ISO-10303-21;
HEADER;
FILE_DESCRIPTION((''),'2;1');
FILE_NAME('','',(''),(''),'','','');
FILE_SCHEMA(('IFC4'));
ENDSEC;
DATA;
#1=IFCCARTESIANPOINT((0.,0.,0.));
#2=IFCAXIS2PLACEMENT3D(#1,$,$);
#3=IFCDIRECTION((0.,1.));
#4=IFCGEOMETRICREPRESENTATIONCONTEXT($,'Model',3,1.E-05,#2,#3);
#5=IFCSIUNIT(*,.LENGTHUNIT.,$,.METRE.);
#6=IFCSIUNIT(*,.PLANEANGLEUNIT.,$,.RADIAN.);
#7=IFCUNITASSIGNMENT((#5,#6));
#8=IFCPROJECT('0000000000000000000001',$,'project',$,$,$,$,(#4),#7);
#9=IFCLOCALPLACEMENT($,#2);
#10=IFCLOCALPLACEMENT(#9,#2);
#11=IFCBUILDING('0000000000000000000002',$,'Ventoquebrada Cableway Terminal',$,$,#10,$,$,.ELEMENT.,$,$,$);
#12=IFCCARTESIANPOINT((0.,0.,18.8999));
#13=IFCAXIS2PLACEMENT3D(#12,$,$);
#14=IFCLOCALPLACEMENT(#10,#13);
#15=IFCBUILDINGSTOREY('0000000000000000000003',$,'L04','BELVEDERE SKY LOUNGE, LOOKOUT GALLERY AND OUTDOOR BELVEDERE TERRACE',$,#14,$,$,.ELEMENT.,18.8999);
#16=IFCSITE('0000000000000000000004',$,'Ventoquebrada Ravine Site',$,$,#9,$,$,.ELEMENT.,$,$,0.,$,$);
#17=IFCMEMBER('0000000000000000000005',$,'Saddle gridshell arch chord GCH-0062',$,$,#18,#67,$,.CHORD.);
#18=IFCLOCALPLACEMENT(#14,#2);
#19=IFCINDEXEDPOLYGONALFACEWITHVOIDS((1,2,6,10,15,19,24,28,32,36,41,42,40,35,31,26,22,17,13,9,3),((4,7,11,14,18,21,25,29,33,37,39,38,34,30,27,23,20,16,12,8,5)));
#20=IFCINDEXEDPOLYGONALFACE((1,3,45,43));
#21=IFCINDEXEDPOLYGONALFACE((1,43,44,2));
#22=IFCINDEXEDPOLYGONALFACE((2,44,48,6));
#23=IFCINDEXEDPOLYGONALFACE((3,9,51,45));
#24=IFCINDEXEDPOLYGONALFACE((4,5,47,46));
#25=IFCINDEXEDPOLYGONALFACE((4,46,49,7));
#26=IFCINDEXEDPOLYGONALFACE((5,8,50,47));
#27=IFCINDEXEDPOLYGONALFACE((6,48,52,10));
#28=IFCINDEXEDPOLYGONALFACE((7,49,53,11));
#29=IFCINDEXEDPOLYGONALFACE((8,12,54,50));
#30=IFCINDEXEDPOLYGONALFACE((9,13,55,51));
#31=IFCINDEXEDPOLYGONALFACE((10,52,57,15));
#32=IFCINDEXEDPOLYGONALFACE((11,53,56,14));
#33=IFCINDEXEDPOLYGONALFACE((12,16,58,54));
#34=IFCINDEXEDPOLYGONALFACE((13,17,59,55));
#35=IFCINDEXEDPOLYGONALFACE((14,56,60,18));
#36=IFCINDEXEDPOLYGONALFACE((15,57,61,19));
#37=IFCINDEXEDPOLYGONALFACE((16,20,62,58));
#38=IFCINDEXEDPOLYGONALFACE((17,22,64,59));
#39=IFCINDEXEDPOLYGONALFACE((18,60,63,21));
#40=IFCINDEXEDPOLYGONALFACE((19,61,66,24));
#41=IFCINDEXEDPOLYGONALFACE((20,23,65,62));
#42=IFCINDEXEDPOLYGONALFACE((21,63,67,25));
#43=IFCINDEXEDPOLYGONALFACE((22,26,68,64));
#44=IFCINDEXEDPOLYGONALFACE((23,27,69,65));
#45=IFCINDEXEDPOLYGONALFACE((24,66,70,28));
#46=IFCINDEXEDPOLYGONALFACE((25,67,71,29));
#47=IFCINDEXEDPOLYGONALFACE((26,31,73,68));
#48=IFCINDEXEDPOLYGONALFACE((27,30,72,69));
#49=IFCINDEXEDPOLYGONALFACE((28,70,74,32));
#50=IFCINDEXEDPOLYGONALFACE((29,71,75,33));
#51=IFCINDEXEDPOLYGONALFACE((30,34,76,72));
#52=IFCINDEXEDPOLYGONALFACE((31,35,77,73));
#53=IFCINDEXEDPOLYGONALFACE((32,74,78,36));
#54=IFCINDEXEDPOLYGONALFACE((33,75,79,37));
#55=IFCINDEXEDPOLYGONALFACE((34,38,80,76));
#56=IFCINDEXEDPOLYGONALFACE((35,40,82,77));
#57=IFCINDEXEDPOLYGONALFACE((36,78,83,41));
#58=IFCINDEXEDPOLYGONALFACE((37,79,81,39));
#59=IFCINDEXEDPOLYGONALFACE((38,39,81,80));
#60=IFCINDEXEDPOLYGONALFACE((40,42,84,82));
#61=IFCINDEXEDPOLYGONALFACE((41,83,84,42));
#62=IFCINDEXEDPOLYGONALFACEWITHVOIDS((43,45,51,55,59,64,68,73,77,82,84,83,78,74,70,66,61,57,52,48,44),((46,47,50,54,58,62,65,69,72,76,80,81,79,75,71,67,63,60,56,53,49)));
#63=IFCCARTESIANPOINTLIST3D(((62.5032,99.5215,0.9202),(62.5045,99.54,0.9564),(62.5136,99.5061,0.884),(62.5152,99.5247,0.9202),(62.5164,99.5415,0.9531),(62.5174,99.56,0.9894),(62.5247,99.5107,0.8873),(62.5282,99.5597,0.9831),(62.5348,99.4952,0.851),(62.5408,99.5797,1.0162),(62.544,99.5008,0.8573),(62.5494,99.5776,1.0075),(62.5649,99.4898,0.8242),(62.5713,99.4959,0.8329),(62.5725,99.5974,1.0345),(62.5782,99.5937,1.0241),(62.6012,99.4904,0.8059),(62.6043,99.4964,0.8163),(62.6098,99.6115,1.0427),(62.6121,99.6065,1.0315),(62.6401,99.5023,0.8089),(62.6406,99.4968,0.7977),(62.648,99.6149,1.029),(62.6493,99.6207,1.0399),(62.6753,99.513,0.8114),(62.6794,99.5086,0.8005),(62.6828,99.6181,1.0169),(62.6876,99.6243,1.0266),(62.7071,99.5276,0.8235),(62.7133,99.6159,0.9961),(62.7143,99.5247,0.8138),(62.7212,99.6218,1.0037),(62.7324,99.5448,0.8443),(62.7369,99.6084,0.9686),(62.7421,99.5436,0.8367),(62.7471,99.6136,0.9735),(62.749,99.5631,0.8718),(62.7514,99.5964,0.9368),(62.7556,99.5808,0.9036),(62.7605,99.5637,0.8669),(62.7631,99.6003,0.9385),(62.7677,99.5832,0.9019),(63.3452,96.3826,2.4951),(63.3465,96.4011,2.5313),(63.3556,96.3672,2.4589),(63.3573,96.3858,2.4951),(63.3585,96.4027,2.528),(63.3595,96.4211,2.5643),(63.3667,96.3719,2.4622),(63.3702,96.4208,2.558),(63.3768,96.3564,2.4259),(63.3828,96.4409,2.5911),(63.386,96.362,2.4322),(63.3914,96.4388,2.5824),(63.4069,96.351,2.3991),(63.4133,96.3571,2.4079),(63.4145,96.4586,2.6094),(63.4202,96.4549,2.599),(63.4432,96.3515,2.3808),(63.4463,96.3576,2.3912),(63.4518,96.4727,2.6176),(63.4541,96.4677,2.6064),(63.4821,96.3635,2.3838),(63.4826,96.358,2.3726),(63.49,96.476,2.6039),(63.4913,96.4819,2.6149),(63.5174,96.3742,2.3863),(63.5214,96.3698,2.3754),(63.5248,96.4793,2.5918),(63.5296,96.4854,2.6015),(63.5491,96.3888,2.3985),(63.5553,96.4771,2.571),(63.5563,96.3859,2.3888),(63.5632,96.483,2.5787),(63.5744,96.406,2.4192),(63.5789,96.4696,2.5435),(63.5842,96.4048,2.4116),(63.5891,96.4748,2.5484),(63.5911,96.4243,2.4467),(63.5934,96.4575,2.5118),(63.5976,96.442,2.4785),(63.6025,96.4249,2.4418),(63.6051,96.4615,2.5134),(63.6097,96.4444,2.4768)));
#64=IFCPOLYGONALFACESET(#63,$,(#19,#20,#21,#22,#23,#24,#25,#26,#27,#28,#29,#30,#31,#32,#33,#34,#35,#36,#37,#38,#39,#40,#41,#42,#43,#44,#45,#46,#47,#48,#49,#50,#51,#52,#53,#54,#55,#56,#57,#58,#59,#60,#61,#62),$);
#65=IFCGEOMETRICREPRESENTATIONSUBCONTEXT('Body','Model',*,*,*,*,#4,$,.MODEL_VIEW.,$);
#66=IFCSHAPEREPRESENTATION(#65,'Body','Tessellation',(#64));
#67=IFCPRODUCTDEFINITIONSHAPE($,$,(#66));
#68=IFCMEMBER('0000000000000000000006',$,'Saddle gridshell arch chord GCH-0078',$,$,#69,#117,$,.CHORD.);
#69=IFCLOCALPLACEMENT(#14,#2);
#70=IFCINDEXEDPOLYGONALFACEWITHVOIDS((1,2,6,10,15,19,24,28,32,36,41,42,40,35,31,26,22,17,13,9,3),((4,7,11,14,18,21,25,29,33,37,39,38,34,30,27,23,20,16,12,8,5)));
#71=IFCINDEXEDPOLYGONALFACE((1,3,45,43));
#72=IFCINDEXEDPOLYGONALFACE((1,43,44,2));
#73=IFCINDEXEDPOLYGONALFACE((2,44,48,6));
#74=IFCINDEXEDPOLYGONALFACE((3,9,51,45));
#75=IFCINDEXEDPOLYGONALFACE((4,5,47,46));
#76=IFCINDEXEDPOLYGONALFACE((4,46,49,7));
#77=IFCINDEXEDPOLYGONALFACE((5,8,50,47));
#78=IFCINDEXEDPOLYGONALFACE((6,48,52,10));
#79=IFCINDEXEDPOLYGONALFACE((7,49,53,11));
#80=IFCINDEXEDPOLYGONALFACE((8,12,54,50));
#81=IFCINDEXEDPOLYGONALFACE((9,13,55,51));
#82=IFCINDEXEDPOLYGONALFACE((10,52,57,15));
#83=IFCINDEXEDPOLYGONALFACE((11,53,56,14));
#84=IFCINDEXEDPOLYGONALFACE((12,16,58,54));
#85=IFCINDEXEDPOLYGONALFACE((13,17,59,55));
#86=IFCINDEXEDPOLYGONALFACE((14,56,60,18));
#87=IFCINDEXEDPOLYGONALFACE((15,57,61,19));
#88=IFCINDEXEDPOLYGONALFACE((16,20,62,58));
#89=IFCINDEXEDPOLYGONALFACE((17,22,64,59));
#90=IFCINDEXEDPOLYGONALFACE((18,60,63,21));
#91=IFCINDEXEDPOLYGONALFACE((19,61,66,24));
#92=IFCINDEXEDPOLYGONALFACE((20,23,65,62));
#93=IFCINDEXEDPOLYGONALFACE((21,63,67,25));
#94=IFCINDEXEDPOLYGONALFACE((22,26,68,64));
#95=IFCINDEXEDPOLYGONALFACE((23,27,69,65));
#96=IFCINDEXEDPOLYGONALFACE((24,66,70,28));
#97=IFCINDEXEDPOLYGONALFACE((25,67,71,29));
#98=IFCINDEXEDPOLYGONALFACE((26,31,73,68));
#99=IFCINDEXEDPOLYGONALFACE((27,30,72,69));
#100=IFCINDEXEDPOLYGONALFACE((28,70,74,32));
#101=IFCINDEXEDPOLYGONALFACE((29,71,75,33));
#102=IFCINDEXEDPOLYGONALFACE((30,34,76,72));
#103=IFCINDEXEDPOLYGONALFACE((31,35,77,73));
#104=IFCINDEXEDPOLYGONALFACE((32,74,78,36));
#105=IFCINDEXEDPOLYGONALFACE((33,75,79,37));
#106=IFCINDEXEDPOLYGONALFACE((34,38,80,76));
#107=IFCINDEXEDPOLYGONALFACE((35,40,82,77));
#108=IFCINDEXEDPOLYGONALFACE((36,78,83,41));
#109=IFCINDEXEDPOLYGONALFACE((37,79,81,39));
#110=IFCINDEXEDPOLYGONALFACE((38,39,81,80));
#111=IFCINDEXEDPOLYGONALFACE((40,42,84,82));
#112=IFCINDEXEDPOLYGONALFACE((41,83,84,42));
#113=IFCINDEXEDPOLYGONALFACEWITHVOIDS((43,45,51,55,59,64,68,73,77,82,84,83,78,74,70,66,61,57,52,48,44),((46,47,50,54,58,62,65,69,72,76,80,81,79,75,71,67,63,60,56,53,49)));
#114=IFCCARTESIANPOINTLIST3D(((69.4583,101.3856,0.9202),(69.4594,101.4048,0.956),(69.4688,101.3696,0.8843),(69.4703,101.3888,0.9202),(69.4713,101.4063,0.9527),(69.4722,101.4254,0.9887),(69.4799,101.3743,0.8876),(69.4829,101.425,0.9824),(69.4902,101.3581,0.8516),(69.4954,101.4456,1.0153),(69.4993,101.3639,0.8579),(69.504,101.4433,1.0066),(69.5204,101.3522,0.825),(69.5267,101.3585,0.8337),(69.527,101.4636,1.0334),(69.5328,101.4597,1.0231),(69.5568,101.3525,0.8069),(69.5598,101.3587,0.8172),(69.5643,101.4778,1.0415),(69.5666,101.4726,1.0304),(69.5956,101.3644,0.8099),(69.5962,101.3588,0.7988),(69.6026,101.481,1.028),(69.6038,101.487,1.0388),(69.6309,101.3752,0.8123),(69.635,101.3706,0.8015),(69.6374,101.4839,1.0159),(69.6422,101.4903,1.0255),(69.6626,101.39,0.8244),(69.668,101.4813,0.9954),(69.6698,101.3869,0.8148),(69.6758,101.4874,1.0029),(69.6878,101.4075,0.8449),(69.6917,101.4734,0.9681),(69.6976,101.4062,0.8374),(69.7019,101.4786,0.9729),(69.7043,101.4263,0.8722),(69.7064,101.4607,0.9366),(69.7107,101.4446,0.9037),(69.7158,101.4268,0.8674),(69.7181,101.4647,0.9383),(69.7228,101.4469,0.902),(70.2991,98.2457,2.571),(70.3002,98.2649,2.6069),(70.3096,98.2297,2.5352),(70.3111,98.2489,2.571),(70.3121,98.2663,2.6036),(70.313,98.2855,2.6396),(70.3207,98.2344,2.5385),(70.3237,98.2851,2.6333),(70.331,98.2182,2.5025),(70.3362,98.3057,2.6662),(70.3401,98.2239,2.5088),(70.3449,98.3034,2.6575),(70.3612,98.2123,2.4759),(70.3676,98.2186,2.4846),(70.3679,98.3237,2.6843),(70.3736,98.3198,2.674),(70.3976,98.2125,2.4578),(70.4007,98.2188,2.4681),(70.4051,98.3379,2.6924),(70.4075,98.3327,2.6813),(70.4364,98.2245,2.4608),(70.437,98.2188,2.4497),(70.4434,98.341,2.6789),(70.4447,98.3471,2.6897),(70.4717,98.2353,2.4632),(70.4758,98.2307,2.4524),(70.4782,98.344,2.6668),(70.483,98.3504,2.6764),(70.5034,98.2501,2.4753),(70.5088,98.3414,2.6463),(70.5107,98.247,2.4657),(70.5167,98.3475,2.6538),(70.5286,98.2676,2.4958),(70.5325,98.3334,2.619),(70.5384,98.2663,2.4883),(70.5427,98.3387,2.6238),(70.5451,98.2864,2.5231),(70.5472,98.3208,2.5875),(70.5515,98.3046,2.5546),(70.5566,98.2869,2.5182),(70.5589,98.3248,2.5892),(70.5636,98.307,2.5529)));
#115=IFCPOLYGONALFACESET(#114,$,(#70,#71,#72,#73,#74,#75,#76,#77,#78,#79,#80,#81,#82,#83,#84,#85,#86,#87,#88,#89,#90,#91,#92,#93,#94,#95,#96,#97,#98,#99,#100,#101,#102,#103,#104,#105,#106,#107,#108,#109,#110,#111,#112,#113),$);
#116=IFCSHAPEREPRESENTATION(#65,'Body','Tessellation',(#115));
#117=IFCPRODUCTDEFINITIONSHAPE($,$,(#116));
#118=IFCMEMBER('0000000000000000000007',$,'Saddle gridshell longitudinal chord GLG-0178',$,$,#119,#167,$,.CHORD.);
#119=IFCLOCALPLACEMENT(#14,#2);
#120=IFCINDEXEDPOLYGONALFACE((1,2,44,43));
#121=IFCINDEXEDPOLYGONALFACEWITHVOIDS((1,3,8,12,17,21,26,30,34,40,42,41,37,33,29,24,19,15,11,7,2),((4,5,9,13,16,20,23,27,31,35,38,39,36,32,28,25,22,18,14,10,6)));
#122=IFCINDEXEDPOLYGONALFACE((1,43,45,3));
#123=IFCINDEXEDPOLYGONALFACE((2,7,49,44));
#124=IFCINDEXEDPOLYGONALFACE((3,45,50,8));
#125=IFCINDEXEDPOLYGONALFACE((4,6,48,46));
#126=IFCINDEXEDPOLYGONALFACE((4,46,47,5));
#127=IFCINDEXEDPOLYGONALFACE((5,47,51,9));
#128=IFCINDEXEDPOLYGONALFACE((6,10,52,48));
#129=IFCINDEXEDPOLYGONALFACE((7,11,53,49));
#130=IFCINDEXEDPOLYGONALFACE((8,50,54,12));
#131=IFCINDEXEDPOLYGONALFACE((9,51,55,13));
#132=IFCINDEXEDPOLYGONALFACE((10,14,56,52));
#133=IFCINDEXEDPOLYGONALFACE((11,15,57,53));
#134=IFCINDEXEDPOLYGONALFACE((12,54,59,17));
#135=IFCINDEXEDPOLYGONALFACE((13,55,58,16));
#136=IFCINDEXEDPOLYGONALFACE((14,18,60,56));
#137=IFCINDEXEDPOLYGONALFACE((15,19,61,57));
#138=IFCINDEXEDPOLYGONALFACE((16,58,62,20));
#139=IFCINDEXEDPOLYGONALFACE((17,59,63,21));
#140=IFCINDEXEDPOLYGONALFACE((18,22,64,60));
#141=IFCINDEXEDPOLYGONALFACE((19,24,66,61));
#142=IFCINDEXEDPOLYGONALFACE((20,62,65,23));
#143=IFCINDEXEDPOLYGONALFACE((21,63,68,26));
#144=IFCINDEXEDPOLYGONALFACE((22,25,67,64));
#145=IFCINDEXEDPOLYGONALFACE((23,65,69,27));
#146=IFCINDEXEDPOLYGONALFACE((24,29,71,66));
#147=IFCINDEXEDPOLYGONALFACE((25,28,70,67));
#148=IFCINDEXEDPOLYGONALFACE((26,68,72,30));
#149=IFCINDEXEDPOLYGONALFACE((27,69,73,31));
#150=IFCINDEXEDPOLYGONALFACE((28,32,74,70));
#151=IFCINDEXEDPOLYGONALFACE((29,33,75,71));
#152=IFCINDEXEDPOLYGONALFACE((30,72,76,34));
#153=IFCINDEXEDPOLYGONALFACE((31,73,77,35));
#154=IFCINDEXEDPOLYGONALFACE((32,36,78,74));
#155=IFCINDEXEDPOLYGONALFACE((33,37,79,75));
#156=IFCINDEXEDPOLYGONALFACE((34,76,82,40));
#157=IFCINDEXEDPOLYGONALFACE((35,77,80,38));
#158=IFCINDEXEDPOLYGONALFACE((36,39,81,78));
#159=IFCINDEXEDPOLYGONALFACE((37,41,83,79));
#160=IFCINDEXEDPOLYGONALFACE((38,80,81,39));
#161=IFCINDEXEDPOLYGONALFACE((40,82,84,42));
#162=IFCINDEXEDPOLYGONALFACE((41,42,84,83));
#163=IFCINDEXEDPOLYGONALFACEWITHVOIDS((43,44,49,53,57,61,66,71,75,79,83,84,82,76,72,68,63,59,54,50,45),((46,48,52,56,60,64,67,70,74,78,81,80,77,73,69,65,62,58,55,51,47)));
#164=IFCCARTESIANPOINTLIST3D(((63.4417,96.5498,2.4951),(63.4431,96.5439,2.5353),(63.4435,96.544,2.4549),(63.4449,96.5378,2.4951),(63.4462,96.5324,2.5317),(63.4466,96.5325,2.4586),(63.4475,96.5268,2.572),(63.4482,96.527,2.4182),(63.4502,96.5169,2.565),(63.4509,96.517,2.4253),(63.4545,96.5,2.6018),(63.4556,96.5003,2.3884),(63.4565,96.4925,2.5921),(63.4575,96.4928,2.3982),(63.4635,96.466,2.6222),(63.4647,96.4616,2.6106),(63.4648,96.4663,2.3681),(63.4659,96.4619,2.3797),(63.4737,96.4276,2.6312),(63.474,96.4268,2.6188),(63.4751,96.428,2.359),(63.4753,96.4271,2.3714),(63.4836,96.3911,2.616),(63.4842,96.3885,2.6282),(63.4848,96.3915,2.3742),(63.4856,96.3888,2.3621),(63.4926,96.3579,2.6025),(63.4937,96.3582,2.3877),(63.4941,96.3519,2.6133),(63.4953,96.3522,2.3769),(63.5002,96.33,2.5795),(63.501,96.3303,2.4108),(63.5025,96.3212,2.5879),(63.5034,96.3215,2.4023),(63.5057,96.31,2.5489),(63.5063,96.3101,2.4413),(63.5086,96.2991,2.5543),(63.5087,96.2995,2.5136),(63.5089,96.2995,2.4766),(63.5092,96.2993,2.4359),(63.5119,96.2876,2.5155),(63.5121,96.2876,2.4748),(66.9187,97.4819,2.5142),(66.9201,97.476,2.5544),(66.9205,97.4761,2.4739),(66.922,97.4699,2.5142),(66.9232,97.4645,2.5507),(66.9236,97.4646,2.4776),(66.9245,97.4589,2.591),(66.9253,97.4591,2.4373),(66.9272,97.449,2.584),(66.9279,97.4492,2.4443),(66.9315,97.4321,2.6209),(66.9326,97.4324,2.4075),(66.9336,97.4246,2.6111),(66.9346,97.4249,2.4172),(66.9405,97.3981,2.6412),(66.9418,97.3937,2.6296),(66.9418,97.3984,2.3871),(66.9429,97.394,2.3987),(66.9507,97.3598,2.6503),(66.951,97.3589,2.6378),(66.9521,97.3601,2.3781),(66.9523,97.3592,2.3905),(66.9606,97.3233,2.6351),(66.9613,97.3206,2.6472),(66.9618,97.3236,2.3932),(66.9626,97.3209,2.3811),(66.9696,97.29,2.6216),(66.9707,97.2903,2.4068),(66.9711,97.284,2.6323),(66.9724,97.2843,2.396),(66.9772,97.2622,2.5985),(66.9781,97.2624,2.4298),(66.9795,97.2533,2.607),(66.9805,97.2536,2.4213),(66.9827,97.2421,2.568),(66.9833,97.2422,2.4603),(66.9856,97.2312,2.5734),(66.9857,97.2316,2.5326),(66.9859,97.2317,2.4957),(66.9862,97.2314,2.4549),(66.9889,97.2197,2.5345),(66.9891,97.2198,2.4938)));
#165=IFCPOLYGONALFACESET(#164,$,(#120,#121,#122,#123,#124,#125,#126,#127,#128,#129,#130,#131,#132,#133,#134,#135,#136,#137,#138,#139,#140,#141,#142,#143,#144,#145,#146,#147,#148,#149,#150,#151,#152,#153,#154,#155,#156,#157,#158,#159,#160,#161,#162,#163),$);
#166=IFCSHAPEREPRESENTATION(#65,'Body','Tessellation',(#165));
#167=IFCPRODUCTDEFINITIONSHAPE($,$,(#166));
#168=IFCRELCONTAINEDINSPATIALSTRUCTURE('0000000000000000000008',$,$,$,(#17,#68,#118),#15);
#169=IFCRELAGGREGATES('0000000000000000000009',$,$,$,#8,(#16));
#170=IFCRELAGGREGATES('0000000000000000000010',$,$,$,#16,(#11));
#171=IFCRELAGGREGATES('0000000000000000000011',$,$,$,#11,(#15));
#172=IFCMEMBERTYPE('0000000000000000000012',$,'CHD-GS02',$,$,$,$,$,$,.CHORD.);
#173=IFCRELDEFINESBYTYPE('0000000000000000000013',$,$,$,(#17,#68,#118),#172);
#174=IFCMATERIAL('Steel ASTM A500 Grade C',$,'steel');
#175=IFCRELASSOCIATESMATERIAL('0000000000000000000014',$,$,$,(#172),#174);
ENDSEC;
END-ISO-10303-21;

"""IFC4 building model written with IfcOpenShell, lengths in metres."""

from ifc_helpers import new_model, si_unit, direction, frame, origin, origin_2d, place, context, subcontext, project, spatial, hollow_circle, extrude, material, material_profile, profile_set, type_object, element, save


model = new_model("IFC4")

# Units and contexts
model_context = context("Model", 3, precision=1e-05, world=origin(), true_north=direction((0.0, 1.0)))
body_context = subcontext(model_context, "Body", "Model", "MODEL_VIEW")
ifc_project = project(units=[si_unit("LENGTHUNIT", "METRE"), si_unit("PLANEANGLEUNIT", "RADIAN")], contexts=[model_context])

# Site, building, storey
site_placement = place(None, origin())
site = spatial("IfcSite", under=ifc_project, at=site_placement, Name="Ventoquebrada Ravine Site", CompositionType="ELEMENT", RefElevation=0.0)
building_placement = place(site_placement, origin())
building = spatial("IfcBuilding", under=site, at=building_placement, Name="Ventoquebrada Cableway Terminal", CompositionType="ELEMENT")
storey_placement = place(building_placement, frame((0.0, 0.0, 18.8999)))
storey = spatial("IfcBuildingStorey", under=building, at=storey_placement, Name="L04", Description="BELVEDERE SKY LOUNGE, LOOKOUT GALLERY AND OUTDOOR BELVEDERE TERRACE", CompositionType="ELEMENT", Elevation=18.8999)

# Members
ifc_material_1 = material(Name="Steel ASTM A500 Grade C", Category="steel")
ifc_material_profile_1 = material_profile(ifc_material_1, hollow_circle(Radius=0.1365, WallThickness=0.0125, at=origin_2d()), Name="CHS273.0X12.5")
ifc_profile_set_1 = profile_set([ifc_material_profile_1], Name="Steel ASTM A500 Grade C")
member_type_1 = type_object("IfcMemberType", Name="CHD-GS02", PredefinedType="CHORD", material=ifc_profile_set_1)
member_1_placement = place(storey_placement, frame((63.4771, 96.418, 2.4951), z_axis=(-0.233161, 0.869166, -0.436104), x_axis=(-0.965851, -0.259098, 0.0)))
element("IfcMember", 1, at=member_1_placement, inside=storey, type_object=member_type_1, Name="Saddle gridshell arch chord GCH-0062", PredefinedType="CHORD", context=body_context, shape_type="SweptSolid", body=[
    extrude(hollow_circle(Radius=0.1365, WallThickness=0.0125, at=origin_2d()), origin(), (0.0, 0.0, 1.0), 3.6113),
])
member_2_placement = place(storey_placement, frame((70.4309, 98.281, 2.571), z_axis=(-0.230632, 0.861253, -0.452826), x_axis=(-0.965965, -0.258672, 0.0)))
element("IfcMember", 2, at=member_2_placement, inside=storey, type_object=member_type_1, Name="Saddle gridshell arch chord GCH-0078", PredefinedType="CHORD", context=body_context, shape_type="SweptSolid", body=[
    extrude(hollow_circle(Radius=0.1365, WallThickness=0.0125, at=origin_2d()), origin(), (0.0, 0.0, 1.0), 3.6458),
])
member_3_placement = place(storey_placement, frame((63.4771, 96.418, 2.4951), z_axis=(0.965881, 0.258934, 0.00529), x_axis=(-0.258937, 0.965894, 0.0)))
element("IfcMember", 3, at=member_3_placement, inside=storey, type_object=member_type_1, Name="Saddle gridshell longitudinal chord GLG-0178", PredefinedType="CHORD", context=body_context, shape_type="SweptSolid", body=[
    extrude(hollow_circle(Radius=0.1365, WallThickness=0.0125, at=origin_2d()), origin(), (0.0, 0.0, 1.0), 3.5999),
])

save(model, "model.ifc")
